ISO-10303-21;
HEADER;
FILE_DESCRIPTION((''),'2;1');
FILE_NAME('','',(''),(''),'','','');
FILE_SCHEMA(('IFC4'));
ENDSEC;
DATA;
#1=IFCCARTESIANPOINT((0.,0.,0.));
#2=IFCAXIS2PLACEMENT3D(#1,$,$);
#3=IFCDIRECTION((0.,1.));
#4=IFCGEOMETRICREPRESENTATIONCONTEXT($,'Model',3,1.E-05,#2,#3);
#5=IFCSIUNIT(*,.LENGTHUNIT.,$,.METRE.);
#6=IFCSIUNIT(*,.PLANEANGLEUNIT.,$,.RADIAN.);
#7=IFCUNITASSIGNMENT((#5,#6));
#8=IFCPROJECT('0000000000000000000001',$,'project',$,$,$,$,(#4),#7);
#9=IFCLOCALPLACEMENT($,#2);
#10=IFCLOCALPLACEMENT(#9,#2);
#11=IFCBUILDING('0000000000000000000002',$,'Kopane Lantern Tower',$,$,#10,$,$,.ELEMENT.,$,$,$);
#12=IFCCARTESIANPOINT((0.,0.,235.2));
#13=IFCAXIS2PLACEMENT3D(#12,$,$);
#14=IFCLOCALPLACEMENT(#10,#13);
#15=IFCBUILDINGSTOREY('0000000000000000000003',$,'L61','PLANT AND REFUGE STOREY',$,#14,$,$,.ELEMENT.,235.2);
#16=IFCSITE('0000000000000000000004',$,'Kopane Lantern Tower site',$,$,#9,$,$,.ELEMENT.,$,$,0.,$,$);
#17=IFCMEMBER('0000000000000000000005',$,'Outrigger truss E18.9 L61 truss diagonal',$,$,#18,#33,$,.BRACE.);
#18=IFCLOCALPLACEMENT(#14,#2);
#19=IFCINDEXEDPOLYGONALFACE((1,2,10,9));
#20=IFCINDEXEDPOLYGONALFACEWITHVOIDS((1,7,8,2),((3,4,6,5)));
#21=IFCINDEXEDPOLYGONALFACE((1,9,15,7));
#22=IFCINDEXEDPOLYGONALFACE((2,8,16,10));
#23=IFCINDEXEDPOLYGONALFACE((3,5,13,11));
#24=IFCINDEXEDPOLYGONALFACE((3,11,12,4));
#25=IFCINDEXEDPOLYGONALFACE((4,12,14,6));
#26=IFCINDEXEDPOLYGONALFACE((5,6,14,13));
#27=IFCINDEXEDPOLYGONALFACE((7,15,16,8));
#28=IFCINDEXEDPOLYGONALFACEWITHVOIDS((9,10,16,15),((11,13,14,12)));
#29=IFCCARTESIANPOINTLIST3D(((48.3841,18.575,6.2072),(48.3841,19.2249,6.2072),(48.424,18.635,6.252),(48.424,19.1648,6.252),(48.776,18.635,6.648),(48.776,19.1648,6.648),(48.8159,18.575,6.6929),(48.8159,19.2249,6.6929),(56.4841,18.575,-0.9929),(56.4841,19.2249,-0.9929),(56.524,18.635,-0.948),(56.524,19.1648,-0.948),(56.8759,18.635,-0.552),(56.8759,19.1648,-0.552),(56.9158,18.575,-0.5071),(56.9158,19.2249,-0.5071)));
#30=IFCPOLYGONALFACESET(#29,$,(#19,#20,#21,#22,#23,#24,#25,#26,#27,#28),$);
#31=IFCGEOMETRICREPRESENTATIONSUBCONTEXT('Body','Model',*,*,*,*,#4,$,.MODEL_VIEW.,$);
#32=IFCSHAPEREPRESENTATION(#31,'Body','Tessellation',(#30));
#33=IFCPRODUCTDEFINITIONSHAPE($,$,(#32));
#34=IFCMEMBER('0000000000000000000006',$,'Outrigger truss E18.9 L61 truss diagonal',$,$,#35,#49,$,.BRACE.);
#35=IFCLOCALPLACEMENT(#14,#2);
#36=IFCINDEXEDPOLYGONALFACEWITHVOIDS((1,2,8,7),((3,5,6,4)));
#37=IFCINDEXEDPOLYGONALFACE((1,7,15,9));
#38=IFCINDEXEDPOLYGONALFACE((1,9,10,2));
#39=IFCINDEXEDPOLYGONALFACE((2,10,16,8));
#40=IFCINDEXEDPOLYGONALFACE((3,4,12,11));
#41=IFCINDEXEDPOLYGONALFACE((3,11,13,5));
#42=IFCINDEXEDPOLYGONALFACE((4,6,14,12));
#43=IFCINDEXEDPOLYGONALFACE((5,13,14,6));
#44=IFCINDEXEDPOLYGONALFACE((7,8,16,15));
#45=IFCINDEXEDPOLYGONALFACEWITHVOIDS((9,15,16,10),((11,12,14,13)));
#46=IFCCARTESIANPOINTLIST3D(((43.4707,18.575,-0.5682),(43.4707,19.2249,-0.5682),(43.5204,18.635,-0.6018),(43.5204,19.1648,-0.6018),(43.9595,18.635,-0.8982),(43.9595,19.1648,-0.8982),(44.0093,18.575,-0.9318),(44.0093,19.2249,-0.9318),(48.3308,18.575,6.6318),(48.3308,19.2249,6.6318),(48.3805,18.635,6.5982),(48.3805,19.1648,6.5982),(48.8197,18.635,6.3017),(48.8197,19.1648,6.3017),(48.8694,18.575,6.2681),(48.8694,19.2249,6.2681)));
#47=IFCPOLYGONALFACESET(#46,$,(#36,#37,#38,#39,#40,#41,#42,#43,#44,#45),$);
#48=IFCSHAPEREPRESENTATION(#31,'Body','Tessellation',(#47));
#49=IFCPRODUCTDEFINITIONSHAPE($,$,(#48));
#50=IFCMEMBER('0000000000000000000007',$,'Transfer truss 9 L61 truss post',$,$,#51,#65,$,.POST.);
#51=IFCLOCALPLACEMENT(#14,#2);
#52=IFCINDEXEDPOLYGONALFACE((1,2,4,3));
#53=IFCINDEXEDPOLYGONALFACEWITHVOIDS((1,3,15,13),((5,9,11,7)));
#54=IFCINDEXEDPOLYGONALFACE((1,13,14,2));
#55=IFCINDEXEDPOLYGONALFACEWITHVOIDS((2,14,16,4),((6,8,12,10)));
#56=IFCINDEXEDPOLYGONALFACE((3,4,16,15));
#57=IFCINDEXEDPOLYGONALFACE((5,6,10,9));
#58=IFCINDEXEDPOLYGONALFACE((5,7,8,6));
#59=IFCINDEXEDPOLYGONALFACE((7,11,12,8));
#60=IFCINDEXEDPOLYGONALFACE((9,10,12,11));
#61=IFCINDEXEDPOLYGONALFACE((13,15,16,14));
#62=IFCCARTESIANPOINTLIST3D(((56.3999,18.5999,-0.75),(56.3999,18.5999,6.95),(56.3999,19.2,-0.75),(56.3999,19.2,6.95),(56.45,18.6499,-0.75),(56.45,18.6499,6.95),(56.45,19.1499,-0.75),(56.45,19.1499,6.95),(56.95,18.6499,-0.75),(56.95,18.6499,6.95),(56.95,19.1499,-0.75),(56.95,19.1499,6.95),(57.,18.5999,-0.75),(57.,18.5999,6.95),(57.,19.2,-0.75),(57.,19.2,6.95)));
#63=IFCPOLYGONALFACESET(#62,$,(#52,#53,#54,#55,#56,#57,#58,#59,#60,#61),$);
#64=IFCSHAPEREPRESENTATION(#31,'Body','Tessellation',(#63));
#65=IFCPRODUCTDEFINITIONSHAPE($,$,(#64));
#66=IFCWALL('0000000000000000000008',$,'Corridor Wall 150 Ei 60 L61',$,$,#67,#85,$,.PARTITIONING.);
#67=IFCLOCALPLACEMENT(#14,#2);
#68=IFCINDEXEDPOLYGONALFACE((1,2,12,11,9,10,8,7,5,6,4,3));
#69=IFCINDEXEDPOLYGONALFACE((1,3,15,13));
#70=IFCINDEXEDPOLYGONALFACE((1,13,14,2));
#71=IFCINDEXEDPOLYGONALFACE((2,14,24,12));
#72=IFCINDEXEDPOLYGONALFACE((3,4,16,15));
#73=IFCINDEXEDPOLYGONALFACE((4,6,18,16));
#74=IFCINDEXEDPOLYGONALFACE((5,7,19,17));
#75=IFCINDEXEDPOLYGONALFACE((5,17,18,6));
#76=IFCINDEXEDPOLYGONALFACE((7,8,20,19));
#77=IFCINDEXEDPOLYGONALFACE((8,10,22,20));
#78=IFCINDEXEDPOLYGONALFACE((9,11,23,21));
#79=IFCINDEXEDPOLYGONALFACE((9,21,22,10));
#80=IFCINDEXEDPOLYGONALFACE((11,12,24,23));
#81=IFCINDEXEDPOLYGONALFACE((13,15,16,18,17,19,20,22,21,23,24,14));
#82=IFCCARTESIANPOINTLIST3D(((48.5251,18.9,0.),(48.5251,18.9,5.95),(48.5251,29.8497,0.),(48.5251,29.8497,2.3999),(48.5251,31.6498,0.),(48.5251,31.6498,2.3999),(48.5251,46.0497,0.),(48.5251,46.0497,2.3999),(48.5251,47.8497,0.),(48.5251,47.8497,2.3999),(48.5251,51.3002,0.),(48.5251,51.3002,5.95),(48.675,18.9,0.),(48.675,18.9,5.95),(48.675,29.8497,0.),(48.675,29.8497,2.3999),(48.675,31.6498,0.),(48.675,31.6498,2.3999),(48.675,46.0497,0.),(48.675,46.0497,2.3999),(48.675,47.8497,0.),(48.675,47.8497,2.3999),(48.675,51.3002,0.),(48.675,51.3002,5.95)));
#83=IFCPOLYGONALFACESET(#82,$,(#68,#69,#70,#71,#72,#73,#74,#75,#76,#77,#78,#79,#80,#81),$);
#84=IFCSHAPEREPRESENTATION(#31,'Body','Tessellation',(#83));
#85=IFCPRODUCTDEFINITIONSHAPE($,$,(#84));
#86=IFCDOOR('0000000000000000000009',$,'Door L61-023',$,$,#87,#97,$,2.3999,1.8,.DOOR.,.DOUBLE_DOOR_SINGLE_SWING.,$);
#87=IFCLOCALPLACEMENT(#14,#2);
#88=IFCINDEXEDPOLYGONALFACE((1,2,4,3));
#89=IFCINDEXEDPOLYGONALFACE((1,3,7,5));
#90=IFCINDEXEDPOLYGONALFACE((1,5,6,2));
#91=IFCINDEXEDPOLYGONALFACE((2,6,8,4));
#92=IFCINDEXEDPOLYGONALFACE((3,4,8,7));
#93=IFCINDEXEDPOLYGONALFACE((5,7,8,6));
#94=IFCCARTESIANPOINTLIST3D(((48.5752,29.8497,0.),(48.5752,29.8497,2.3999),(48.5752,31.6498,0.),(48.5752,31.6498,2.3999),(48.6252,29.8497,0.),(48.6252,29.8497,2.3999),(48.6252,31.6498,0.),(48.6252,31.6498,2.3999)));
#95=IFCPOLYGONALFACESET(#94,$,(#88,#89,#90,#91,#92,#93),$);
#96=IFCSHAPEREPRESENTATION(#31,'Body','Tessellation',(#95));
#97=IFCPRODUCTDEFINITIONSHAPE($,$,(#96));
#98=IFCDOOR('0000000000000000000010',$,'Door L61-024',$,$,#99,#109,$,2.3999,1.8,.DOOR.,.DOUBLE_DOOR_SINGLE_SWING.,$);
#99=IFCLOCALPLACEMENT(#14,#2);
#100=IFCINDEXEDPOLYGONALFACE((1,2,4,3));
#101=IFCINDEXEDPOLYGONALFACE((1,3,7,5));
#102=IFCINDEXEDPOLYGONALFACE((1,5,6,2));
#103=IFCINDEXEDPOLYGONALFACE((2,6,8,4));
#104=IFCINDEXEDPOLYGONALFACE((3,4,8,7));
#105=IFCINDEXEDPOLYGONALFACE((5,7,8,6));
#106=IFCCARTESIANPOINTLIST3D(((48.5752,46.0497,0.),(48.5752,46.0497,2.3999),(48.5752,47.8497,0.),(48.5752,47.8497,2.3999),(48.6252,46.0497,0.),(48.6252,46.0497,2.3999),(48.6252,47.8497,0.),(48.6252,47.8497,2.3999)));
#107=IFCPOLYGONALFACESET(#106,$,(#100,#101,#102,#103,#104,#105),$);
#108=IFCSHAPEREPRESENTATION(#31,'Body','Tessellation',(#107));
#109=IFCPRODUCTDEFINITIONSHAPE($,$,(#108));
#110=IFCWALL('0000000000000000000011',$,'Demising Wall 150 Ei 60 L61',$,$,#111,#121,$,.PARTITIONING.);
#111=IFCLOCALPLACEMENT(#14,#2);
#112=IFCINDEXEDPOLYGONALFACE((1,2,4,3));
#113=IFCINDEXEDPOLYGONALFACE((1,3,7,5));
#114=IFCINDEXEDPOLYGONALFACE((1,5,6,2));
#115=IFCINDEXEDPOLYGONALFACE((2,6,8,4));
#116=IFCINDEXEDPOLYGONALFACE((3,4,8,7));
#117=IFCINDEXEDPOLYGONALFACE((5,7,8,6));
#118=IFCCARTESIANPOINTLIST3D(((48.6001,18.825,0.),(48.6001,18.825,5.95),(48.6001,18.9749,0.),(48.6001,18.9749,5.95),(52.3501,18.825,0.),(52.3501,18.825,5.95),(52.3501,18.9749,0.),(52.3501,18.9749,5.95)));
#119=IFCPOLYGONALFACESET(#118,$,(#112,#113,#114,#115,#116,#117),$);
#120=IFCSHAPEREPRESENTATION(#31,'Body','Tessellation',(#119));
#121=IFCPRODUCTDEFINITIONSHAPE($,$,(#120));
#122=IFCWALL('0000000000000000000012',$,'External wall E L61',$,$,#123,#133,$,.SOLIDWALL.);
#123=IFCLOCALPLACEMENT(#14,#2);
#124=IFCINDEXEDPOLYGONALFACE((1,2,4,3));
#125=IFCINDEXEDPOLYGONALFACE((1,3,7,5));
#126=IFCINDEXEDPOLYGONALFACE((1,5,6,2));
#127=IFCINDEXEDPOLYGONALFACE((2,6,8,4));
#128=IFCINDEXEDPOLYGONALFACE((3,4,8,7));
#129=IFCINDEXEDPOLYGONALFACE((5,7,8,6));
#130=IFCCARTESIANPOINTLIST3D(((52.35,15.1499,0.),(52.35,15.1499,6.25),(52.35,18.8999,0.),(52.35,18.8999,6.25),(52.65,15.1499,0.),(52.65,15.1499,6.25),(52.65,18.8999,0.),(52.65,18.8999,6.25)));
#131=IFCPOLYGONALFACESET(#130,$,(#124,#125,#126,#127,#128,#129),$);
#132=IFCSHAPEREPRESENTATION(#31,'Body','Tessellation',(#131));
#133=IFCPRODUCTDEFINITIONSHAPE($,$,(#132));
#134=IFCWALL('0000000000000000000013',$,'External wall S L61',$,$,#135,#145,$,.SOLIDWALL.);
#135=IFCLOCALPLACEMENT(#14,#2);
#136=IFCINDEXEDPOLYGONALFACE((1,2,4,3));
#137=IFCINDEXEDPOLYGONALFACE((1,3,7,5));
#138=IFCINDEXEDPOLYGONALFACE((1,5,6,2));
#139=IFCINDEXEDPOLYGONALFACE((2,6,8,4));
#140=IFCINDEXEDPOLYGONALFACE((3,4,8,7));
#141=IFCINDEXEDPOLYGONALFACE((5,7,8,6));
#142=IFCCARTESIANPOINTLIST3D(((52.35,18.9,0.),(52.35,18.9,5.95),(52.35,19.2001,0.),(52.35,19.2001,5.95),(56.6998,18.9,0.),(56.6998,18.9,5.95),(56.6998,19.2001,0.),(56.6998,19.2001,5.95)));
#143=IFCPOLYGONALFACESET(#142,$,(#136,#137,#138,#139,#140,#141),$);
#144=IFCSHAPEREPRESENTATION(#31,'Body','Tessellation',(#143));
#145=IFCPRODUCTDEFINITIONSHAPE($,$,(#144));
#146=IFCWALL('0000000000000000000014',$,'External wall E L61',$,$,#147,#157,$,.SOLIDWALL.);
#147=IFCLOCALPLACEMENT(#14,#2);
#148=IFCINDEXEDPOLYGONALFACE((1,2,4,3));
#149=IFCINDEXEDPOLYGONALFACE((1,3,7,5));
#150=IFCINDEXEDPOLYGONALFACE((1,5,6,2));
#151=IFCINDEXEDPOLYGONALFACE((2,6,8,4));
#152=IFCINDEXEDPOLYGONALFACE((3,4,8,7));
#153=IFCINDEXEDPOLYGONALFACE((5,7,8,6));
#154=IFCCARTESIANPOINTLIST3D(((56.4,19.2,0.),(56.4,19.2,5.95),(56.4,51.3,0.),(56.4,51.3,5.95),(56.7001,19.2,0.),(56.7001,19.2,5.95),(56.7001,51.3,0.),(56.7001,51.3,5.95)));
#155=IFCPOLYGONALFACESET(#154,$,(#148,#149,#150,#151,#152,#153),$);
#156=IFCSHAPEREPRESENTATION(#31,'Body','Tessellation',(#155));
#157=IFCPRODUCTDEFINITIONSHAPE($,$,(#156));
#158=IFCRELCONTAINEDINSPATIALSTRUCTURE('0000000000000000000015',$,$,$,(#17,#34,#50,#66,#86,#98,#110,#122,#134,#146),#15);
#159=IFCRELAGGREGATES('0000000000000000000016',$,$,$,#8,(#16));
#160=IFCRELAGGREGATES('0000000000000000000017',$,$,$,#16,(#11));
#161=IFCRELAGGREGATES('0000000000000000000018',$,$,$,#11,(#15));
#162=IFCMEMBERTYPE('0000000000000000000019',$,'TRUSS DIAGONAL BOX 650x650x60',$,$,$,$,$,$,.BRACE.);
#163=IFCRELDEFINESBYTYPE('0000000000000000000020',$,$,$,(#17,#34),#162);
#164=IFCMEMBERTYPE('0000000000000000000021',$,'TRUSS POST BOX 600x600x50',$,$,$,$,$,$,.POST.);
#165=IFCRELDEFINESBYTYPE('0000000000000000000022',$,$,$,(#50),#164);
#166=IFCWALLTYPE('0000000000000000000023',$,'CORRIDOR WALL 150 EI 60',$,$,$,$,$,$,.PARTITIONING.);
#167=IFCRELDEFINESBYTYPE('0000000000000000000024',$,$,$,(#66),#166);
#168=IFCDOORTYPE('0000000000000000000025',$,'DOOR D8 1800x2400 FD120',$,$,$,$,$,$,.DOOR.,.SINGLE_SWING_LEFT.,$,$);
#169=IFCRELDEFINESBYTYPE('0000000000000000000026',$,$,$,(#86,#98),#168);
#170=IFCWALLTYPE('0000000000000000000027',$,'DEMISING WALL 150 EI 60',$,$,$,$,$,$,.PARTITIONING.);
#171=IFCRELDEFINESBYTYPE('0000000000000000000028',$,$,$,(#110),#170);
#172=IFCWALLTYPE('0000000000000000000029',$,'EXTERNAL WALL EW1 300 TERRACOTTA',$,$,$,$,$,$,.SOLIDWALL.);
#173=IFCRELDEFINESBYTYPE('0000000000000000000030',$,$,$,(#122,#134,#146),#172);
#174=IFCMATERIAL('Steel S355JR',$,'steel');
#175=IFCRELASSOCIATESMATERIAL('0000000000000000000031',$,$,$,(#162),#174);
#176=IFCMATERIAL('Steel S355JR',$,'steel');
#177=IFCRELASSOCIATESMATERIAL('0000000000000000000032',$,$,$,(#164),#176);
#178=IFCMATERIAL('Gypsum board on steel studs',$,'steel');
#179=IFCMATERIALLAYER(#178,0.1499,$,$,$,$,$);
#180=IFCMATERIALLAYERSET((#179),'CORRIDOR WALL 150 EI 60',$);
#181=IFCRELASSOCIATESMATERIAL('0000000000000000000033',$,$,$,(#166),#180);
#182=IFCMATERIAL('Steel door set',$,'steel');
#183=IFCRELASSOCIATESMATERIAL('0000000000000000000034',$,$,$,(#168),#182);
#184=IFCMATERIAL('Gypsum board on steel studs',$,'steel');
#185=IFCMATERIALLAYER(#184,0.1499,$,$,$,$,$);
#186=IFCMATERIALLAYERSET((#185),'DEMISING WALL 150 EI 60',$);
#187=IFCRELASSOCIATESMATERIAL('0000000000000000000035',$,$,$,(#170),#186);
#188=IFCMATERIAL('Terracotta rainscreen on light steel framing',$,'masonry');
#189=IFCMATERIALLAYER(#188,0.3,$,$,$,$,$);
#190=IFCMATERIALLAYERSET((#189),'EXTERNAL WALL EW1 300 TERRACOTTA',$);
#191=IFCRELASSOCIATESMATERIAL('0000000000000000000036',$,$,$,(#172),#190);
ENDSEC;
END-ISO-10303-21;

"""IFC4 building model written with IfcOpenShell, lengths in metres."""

from ifc_helpers import new_model, si_unit, direction, frame, frame_2d, origin, origin_2d, place, context, subcontext, project, spatial, rectangle, hollow_rectangle, extrude, material, layer, layer_set, material_profile, profile_set, type_object, element, fill, save


model = new_model("IFC4")

# Units and contexts
model_context = context("Model", 3, precision=1e-05, world=origin(), true_north=direction((0.0, 1.0)))
body_context = subcontext(model_context, "Body", "Model", "MODEL_VIEW")
ifc_project = project(units=[si_unit("LENGTHUNIT", "METRE"), si_unit("PLANEANGLEUNIT", "RADIAN")], contexts=[model_context])

# Site, building, storey
site_placement = place(None, origin())
site = spatial("IfcSite", under=ifc_project, at=site_placement, Name="Kopane Lantern Tower site", CompositionType="ELEMENT", RefElevation=0.0)
building_placement = place(site_placement, origin())
building = spatial("IfcBuilding", under=site, at=building_placement, Name="Kopane Lantern Tower", CompositionType="ELEMENT")
storey_placement = place(building_placement, frame((0.0, 0.0, 235.2)))
storey = spatial("IfcBuildingStorey", under=building, at=storey_placement, Name="L61", Description="PLANT AND REFUGE STOREY", CompositionType="ELEMENT", Elevation=235.2)

# Members
ifc_material_1 = material(Name="Steel S355JR", Category="steel")
ifc_material_profile_1 = material_profile(ifc_material_1, hollow_rectangle(XDim=0.6499, YDim=0.6499, WallThickness=0.0601, at=origin_2d()), Name="BOX 650x650x60")
ifc_profile_set_1 = profile_set([ifc_material_profile_1], Name="Steel S355JR")
member_type_1 = type_object("IfcMemberType", Name="TRUSS DIAGONAL BOX 650x650x60", PredefinedType="BRACE", material=ifc_profile_set_1)
member_1_placement = place(storey_placement, frame((56.7, 18.8999, -0.75), z_axis=(-0.747406, 0.0, 0.664368), x_axis=(0.0, -1.0, 0.0)))
element("IfcMember", 1, at=member_1_placement, inside=storey, type_object=member_type_1, Name="Outrigger truss E18.9 L61 truss diagonal", PredefinedType="BRACE", context=body_context, shape_type="SweptSolid", body=[
    extrude(hollow_rectangle(XDim=0.6499, YDim=0.6499, WallThickness=0.0601, at=origin_2d()), origin(), (0.0, 0.0, 1.0), 10.8374),
])
member_2_placement = place(storey_placement, frame((48.6001, 18.8999, 6.45), z_axis=(-0.559484, 0.0, -0.828841), x_axis=(0.0, -1.0, 0.0)))
element("IfcMember", 2, at=member_2_placement, inside=storey, type_object=member_type_1, Name="Outrigger truss E18.9 L61 truss diagonal", PredefinedType="BRACE", context=body_context, shape_type="SweptSolid", body=[
    extrude(hollow_rectangle(XDim=0.6499, YDim=0.6499, WallThickness=0.0601, at=origin_2d()), origin(), (0.0, 0.0, 1.0), 8.6868),
])
ifc_material_2 = material(Name="Steel S355JR", Category="steel")
ifc_material_profile_2 = material_profile(ifc_material_2, hollow_rectangle(XDim=0.6001, YDim=0.6001, WallThickness=0.05, at=origin_2d()), Name="BOX 600x600x50")
ifc_profile_set_2 = profile_set([ifc_material_profile_2], Name="Steel S355JR")
member_type_2 = type_object("IfcMemberType", Name="TRUSS POST BOX 600x600x50", PredefinedType="POST", material=ifc_profile_set_2)
member_3_placement = place(storey_placement, frame((56.7, 18.8999, -0.75), z_axis=(0.0, 0.0, 1.0), x_axis=(1.0, 0.0, 0.0)))
element("IfcMember", 3, at=member_3_placement, inside=storey, type_object=member_type_2, Name="Transfer truss 9 L61 truss post", PredefinedType="POST", context=body_context, shape_type="SweptSolid", body=[
    extrude(hollow_rectangle(XDim=0.6001, YDim=0.6001, WallThickness=0.05, at=origin_2d()), origin(), (0.0, 0.0, 1.0), 7.7),
])

# Wall, openings, doors
ifc_material_3 = material(Name="Gypsum board on steel studs", Category="steel")
ifc_layer_1 = layer(ifc_material_3, 0.1499)
ifc_layer_set_1 = layer_set([ifc_layer_1], Name="CORRIDOR WALL 150 EI 60")
wall_type_1 = type_object("IfcWallType", Name="CORRIDOR WALL 150 EI 60", PredefinedType="PARTITIONING", material=ifc_layer_set_1)
wall_1_placement = place(storey_placement, frame((48.6001, 18.8999, 0.0), z_axis=(0.0, 0.0, 1.0), x_axis=(0.0, 1.0, 0.0)))
wall_1 = element("IfcWall", 4, at=wall_1_placement, inside=storey, type_object=wall_type_1, Name="Corridor Wall 150 Ei 60 L61", PredefinedType="PARTITIONING", context=body_context, shape_type="SweptSolid", body=[
    extrude(rectangle(XDim=32.4001, YDim=0.1499, at=frame_2d((16.2002, 0.0))), origin(), (0.0, 0.0, 1.0), 5.95),
])
opening_1_placement = place(wall_1_placement, frame((10.95, 0.0, 0.0)))
opening_1 = element("IfcOpeningElement", 5, at=opening_1_placement, cuts=wall_1, PredefinedType="OPENING", context=body_context, shape_type="SweptSolid", body=[
    extrude(rectangle(XDim=1.8, YDim=2.3999, at=frame_2d((0.8999, 1.2))), frame((0.0, 0.085, 0.0), z_axis=(0.0, -1.0, 0.0), x_axis=(1.0, 0.0, 0.0)), (0.0, 0.0, 1.0), 0.1699),
])
opening_2_placement = place(wall_1_placement, frame((27.1499, 0.0, 0.0)))
opening_2 = element("IfcOpeningElement", 6, at=opening_2_placement, cuts=wall_1, PredefinedType="OPENING", context=body_context, shape_type="SweptSolid", body=[
    extrude(rectangle(XDim=1.8, YDim=2.3999, at=frame_2d((0.8999, 1.2))), frame((0.0, 0.085, 0.0), z_axis=(0.0, -1.0, 0.0), x_axis=(1.0, 0.0, 0.0)), (0.0, 0.0, 1.0), 0.1699),
])
ifc_material_4 = material(Name="Steel door set", Category="steel")
door_type = type_object("IfcDoorType", Name="DOOR D8 1800x2400 FD120", OperationType="SINGLE_SWING_LEFT", PredefinedType="DOOR", material=ifc_material_4)
door_1_placement = place(opening_1_placement, origin())
door_1 = element("IfcDoor", 7, at=door_1_placement, inside=storey, type_object=door_type, Name="Door L61-023", OperationType="DOUBLE_DOOR_SINGLE_SWING", OverallHeight=2.3999, OverallWidth=1.8, PredefinedType="DOOR", context=body_context, shape_type="SweptSolid", body=[
    extrude(rectangle(XDim=1.8, YDim=2.3999, at=frame_2d((0.8999, 1.2))), frame((0.0, 0.0249, 0.0), z_axis=(0.0, -1.0, 0.0), x_axis=(1.0, 0.0, 0.0)), (0.0, 0.0, 1.0), 0.05),
])
fill(opening_1, door_1)
door_2_placement = place(opening_2_placement, origin())
door_2 = element("IfcDoor", 8, at=door_2_placement, inside=storey, type_object=door_type, Name="Door L61-024", OperationType="DOUBLE_DOOR_SINGLE_SWING", OverallHeight=2.3999, OverallWidth=1.8, PredefinedType="DOOR", context=body_context, shape_type="SweptSolid", body=[
    extrude(rectangle(XDim=1.8, YDim=2.3999, at=frame_2d((0.8999, 1.2))), frame((0.0, 0.0249, 0.0), z_axis=(0.0, -1.0, 0.0), x_axis=(1.0, 0.0, 0.0)), (0.0, 0.0, 1.0), 0.05),
])
fill(opening_2, door_2)

# Walls
ifc_material_5 = material(Name="Gypsum board on steel studs", Category="steel")
ifc_layer_2 = layer(ifc_material_5, 0.1499)
ifc_layer_set_2 = layer_set([ifc_layer_2], Name="DEMISING WALL 150 EI 60")
wall_type_2 = type_object("IfcWallType", Name="DEMISING WALL 150 EI 60", PredefinedType="PARTITIONING", material=ifc_layer_set_2)
wall_2_placement = place(storey_placement, frame((48.6001, 18.8999, 0.0), z_axis=(0.0, 0.0, 1.0), x_axis=(1.0, 0.0, 0.0)))
element("IfcWall", 9, at=wall_2_placement, inside=storey, type_object=wall_type_2, Name="Demising Wall 150 Ei 60 L61", PredefinedType="PARTITIONING", context=body_context, shape_type="SweptSolid", body=[
    extrude(rectangle(XDim=3.75, YDim=0.1499, at=frame_2d((1.875, 0.0))), origin(), (0.0, 0.0, 1.0), 5.95),
])
ifc_material_6 = material(Name="Terracotta rainscreen on light steel framing", Category="masonry")
ifc_layer_3 = layer(ifc_material_6, 0.3)
ifc_layer_set_3 = layer_set([ifc_layer_3], Name="EXTERNAL WALL EW1 300 TERRACOTTA")
wall_type_3 = type_object("IfcWallType", Name="EXTERNAL WALL EW1 300 TERRACOTTA", PredefinedType="SOLIDWALL", material=ifc_layer_set_3)
wall_3_placement = place(storey_placement, frame((52.5, 15.1499, 0.0), z_axis=(0.0, 0.0, 1.0), x_axis=(0.0, 1.0, 0.0)))
element("IfcWall", 10, at=wall_3_placement, inside=storey, type_object=wall_type_3, Name="External wall E L61", PredefinedType="SOLIDWALL", context=body_context, shape_type="SweptSolid", body=[
    extrude(rectangle(XDim=3.75, YDim=0.3, at=frame_2d((1.875, 0.0))), origin(), (0.0, 0.0, 1.0), 6.25),
])
wall_4_placement = place(storey_placement, frame((52.3501, 19.05, 0.0), z_axis=(0.0, 0.0, 1.0), x_axis=(1.0, 0.0, 0.0)))
element("IfcWall", 11, at=wall_4_placement, inside=storey, type_object=wall_type_3, Name="External wall S L61", PredefinedType="SOLIDWALL", context=body_context, shape_type="SweptSolid", body=[
    extrude(rectangle(XDim=4.3499, YDim=0.3, at=frame_2d((2.1748, 0.0))), origin(), (0.0, 0.0, 1.0), 5.95),
])
wall_5_placement = place(storey_placement, frame((56.55, 19.2, 0.0), z_axis=(0.0, 0.0, 1.0), x_axis=(0.0, 1.0, 0.0)))
element("IfcWall", 12, at=wall_5_placement, inside=storey, type_object=wall_type_3, Name="External wall E L61", PredefinedType="SOLIDWALL", context=body_context, shape_type="SweptSolid", body=[
    extrude(rectangle(XDim=32.1001, YDim=0.3, at=frame_2d((16.05, 0.0))), origin(), (0.0, 0.0, 1.0), 5.95),
])

save(model, "model.ifc")
